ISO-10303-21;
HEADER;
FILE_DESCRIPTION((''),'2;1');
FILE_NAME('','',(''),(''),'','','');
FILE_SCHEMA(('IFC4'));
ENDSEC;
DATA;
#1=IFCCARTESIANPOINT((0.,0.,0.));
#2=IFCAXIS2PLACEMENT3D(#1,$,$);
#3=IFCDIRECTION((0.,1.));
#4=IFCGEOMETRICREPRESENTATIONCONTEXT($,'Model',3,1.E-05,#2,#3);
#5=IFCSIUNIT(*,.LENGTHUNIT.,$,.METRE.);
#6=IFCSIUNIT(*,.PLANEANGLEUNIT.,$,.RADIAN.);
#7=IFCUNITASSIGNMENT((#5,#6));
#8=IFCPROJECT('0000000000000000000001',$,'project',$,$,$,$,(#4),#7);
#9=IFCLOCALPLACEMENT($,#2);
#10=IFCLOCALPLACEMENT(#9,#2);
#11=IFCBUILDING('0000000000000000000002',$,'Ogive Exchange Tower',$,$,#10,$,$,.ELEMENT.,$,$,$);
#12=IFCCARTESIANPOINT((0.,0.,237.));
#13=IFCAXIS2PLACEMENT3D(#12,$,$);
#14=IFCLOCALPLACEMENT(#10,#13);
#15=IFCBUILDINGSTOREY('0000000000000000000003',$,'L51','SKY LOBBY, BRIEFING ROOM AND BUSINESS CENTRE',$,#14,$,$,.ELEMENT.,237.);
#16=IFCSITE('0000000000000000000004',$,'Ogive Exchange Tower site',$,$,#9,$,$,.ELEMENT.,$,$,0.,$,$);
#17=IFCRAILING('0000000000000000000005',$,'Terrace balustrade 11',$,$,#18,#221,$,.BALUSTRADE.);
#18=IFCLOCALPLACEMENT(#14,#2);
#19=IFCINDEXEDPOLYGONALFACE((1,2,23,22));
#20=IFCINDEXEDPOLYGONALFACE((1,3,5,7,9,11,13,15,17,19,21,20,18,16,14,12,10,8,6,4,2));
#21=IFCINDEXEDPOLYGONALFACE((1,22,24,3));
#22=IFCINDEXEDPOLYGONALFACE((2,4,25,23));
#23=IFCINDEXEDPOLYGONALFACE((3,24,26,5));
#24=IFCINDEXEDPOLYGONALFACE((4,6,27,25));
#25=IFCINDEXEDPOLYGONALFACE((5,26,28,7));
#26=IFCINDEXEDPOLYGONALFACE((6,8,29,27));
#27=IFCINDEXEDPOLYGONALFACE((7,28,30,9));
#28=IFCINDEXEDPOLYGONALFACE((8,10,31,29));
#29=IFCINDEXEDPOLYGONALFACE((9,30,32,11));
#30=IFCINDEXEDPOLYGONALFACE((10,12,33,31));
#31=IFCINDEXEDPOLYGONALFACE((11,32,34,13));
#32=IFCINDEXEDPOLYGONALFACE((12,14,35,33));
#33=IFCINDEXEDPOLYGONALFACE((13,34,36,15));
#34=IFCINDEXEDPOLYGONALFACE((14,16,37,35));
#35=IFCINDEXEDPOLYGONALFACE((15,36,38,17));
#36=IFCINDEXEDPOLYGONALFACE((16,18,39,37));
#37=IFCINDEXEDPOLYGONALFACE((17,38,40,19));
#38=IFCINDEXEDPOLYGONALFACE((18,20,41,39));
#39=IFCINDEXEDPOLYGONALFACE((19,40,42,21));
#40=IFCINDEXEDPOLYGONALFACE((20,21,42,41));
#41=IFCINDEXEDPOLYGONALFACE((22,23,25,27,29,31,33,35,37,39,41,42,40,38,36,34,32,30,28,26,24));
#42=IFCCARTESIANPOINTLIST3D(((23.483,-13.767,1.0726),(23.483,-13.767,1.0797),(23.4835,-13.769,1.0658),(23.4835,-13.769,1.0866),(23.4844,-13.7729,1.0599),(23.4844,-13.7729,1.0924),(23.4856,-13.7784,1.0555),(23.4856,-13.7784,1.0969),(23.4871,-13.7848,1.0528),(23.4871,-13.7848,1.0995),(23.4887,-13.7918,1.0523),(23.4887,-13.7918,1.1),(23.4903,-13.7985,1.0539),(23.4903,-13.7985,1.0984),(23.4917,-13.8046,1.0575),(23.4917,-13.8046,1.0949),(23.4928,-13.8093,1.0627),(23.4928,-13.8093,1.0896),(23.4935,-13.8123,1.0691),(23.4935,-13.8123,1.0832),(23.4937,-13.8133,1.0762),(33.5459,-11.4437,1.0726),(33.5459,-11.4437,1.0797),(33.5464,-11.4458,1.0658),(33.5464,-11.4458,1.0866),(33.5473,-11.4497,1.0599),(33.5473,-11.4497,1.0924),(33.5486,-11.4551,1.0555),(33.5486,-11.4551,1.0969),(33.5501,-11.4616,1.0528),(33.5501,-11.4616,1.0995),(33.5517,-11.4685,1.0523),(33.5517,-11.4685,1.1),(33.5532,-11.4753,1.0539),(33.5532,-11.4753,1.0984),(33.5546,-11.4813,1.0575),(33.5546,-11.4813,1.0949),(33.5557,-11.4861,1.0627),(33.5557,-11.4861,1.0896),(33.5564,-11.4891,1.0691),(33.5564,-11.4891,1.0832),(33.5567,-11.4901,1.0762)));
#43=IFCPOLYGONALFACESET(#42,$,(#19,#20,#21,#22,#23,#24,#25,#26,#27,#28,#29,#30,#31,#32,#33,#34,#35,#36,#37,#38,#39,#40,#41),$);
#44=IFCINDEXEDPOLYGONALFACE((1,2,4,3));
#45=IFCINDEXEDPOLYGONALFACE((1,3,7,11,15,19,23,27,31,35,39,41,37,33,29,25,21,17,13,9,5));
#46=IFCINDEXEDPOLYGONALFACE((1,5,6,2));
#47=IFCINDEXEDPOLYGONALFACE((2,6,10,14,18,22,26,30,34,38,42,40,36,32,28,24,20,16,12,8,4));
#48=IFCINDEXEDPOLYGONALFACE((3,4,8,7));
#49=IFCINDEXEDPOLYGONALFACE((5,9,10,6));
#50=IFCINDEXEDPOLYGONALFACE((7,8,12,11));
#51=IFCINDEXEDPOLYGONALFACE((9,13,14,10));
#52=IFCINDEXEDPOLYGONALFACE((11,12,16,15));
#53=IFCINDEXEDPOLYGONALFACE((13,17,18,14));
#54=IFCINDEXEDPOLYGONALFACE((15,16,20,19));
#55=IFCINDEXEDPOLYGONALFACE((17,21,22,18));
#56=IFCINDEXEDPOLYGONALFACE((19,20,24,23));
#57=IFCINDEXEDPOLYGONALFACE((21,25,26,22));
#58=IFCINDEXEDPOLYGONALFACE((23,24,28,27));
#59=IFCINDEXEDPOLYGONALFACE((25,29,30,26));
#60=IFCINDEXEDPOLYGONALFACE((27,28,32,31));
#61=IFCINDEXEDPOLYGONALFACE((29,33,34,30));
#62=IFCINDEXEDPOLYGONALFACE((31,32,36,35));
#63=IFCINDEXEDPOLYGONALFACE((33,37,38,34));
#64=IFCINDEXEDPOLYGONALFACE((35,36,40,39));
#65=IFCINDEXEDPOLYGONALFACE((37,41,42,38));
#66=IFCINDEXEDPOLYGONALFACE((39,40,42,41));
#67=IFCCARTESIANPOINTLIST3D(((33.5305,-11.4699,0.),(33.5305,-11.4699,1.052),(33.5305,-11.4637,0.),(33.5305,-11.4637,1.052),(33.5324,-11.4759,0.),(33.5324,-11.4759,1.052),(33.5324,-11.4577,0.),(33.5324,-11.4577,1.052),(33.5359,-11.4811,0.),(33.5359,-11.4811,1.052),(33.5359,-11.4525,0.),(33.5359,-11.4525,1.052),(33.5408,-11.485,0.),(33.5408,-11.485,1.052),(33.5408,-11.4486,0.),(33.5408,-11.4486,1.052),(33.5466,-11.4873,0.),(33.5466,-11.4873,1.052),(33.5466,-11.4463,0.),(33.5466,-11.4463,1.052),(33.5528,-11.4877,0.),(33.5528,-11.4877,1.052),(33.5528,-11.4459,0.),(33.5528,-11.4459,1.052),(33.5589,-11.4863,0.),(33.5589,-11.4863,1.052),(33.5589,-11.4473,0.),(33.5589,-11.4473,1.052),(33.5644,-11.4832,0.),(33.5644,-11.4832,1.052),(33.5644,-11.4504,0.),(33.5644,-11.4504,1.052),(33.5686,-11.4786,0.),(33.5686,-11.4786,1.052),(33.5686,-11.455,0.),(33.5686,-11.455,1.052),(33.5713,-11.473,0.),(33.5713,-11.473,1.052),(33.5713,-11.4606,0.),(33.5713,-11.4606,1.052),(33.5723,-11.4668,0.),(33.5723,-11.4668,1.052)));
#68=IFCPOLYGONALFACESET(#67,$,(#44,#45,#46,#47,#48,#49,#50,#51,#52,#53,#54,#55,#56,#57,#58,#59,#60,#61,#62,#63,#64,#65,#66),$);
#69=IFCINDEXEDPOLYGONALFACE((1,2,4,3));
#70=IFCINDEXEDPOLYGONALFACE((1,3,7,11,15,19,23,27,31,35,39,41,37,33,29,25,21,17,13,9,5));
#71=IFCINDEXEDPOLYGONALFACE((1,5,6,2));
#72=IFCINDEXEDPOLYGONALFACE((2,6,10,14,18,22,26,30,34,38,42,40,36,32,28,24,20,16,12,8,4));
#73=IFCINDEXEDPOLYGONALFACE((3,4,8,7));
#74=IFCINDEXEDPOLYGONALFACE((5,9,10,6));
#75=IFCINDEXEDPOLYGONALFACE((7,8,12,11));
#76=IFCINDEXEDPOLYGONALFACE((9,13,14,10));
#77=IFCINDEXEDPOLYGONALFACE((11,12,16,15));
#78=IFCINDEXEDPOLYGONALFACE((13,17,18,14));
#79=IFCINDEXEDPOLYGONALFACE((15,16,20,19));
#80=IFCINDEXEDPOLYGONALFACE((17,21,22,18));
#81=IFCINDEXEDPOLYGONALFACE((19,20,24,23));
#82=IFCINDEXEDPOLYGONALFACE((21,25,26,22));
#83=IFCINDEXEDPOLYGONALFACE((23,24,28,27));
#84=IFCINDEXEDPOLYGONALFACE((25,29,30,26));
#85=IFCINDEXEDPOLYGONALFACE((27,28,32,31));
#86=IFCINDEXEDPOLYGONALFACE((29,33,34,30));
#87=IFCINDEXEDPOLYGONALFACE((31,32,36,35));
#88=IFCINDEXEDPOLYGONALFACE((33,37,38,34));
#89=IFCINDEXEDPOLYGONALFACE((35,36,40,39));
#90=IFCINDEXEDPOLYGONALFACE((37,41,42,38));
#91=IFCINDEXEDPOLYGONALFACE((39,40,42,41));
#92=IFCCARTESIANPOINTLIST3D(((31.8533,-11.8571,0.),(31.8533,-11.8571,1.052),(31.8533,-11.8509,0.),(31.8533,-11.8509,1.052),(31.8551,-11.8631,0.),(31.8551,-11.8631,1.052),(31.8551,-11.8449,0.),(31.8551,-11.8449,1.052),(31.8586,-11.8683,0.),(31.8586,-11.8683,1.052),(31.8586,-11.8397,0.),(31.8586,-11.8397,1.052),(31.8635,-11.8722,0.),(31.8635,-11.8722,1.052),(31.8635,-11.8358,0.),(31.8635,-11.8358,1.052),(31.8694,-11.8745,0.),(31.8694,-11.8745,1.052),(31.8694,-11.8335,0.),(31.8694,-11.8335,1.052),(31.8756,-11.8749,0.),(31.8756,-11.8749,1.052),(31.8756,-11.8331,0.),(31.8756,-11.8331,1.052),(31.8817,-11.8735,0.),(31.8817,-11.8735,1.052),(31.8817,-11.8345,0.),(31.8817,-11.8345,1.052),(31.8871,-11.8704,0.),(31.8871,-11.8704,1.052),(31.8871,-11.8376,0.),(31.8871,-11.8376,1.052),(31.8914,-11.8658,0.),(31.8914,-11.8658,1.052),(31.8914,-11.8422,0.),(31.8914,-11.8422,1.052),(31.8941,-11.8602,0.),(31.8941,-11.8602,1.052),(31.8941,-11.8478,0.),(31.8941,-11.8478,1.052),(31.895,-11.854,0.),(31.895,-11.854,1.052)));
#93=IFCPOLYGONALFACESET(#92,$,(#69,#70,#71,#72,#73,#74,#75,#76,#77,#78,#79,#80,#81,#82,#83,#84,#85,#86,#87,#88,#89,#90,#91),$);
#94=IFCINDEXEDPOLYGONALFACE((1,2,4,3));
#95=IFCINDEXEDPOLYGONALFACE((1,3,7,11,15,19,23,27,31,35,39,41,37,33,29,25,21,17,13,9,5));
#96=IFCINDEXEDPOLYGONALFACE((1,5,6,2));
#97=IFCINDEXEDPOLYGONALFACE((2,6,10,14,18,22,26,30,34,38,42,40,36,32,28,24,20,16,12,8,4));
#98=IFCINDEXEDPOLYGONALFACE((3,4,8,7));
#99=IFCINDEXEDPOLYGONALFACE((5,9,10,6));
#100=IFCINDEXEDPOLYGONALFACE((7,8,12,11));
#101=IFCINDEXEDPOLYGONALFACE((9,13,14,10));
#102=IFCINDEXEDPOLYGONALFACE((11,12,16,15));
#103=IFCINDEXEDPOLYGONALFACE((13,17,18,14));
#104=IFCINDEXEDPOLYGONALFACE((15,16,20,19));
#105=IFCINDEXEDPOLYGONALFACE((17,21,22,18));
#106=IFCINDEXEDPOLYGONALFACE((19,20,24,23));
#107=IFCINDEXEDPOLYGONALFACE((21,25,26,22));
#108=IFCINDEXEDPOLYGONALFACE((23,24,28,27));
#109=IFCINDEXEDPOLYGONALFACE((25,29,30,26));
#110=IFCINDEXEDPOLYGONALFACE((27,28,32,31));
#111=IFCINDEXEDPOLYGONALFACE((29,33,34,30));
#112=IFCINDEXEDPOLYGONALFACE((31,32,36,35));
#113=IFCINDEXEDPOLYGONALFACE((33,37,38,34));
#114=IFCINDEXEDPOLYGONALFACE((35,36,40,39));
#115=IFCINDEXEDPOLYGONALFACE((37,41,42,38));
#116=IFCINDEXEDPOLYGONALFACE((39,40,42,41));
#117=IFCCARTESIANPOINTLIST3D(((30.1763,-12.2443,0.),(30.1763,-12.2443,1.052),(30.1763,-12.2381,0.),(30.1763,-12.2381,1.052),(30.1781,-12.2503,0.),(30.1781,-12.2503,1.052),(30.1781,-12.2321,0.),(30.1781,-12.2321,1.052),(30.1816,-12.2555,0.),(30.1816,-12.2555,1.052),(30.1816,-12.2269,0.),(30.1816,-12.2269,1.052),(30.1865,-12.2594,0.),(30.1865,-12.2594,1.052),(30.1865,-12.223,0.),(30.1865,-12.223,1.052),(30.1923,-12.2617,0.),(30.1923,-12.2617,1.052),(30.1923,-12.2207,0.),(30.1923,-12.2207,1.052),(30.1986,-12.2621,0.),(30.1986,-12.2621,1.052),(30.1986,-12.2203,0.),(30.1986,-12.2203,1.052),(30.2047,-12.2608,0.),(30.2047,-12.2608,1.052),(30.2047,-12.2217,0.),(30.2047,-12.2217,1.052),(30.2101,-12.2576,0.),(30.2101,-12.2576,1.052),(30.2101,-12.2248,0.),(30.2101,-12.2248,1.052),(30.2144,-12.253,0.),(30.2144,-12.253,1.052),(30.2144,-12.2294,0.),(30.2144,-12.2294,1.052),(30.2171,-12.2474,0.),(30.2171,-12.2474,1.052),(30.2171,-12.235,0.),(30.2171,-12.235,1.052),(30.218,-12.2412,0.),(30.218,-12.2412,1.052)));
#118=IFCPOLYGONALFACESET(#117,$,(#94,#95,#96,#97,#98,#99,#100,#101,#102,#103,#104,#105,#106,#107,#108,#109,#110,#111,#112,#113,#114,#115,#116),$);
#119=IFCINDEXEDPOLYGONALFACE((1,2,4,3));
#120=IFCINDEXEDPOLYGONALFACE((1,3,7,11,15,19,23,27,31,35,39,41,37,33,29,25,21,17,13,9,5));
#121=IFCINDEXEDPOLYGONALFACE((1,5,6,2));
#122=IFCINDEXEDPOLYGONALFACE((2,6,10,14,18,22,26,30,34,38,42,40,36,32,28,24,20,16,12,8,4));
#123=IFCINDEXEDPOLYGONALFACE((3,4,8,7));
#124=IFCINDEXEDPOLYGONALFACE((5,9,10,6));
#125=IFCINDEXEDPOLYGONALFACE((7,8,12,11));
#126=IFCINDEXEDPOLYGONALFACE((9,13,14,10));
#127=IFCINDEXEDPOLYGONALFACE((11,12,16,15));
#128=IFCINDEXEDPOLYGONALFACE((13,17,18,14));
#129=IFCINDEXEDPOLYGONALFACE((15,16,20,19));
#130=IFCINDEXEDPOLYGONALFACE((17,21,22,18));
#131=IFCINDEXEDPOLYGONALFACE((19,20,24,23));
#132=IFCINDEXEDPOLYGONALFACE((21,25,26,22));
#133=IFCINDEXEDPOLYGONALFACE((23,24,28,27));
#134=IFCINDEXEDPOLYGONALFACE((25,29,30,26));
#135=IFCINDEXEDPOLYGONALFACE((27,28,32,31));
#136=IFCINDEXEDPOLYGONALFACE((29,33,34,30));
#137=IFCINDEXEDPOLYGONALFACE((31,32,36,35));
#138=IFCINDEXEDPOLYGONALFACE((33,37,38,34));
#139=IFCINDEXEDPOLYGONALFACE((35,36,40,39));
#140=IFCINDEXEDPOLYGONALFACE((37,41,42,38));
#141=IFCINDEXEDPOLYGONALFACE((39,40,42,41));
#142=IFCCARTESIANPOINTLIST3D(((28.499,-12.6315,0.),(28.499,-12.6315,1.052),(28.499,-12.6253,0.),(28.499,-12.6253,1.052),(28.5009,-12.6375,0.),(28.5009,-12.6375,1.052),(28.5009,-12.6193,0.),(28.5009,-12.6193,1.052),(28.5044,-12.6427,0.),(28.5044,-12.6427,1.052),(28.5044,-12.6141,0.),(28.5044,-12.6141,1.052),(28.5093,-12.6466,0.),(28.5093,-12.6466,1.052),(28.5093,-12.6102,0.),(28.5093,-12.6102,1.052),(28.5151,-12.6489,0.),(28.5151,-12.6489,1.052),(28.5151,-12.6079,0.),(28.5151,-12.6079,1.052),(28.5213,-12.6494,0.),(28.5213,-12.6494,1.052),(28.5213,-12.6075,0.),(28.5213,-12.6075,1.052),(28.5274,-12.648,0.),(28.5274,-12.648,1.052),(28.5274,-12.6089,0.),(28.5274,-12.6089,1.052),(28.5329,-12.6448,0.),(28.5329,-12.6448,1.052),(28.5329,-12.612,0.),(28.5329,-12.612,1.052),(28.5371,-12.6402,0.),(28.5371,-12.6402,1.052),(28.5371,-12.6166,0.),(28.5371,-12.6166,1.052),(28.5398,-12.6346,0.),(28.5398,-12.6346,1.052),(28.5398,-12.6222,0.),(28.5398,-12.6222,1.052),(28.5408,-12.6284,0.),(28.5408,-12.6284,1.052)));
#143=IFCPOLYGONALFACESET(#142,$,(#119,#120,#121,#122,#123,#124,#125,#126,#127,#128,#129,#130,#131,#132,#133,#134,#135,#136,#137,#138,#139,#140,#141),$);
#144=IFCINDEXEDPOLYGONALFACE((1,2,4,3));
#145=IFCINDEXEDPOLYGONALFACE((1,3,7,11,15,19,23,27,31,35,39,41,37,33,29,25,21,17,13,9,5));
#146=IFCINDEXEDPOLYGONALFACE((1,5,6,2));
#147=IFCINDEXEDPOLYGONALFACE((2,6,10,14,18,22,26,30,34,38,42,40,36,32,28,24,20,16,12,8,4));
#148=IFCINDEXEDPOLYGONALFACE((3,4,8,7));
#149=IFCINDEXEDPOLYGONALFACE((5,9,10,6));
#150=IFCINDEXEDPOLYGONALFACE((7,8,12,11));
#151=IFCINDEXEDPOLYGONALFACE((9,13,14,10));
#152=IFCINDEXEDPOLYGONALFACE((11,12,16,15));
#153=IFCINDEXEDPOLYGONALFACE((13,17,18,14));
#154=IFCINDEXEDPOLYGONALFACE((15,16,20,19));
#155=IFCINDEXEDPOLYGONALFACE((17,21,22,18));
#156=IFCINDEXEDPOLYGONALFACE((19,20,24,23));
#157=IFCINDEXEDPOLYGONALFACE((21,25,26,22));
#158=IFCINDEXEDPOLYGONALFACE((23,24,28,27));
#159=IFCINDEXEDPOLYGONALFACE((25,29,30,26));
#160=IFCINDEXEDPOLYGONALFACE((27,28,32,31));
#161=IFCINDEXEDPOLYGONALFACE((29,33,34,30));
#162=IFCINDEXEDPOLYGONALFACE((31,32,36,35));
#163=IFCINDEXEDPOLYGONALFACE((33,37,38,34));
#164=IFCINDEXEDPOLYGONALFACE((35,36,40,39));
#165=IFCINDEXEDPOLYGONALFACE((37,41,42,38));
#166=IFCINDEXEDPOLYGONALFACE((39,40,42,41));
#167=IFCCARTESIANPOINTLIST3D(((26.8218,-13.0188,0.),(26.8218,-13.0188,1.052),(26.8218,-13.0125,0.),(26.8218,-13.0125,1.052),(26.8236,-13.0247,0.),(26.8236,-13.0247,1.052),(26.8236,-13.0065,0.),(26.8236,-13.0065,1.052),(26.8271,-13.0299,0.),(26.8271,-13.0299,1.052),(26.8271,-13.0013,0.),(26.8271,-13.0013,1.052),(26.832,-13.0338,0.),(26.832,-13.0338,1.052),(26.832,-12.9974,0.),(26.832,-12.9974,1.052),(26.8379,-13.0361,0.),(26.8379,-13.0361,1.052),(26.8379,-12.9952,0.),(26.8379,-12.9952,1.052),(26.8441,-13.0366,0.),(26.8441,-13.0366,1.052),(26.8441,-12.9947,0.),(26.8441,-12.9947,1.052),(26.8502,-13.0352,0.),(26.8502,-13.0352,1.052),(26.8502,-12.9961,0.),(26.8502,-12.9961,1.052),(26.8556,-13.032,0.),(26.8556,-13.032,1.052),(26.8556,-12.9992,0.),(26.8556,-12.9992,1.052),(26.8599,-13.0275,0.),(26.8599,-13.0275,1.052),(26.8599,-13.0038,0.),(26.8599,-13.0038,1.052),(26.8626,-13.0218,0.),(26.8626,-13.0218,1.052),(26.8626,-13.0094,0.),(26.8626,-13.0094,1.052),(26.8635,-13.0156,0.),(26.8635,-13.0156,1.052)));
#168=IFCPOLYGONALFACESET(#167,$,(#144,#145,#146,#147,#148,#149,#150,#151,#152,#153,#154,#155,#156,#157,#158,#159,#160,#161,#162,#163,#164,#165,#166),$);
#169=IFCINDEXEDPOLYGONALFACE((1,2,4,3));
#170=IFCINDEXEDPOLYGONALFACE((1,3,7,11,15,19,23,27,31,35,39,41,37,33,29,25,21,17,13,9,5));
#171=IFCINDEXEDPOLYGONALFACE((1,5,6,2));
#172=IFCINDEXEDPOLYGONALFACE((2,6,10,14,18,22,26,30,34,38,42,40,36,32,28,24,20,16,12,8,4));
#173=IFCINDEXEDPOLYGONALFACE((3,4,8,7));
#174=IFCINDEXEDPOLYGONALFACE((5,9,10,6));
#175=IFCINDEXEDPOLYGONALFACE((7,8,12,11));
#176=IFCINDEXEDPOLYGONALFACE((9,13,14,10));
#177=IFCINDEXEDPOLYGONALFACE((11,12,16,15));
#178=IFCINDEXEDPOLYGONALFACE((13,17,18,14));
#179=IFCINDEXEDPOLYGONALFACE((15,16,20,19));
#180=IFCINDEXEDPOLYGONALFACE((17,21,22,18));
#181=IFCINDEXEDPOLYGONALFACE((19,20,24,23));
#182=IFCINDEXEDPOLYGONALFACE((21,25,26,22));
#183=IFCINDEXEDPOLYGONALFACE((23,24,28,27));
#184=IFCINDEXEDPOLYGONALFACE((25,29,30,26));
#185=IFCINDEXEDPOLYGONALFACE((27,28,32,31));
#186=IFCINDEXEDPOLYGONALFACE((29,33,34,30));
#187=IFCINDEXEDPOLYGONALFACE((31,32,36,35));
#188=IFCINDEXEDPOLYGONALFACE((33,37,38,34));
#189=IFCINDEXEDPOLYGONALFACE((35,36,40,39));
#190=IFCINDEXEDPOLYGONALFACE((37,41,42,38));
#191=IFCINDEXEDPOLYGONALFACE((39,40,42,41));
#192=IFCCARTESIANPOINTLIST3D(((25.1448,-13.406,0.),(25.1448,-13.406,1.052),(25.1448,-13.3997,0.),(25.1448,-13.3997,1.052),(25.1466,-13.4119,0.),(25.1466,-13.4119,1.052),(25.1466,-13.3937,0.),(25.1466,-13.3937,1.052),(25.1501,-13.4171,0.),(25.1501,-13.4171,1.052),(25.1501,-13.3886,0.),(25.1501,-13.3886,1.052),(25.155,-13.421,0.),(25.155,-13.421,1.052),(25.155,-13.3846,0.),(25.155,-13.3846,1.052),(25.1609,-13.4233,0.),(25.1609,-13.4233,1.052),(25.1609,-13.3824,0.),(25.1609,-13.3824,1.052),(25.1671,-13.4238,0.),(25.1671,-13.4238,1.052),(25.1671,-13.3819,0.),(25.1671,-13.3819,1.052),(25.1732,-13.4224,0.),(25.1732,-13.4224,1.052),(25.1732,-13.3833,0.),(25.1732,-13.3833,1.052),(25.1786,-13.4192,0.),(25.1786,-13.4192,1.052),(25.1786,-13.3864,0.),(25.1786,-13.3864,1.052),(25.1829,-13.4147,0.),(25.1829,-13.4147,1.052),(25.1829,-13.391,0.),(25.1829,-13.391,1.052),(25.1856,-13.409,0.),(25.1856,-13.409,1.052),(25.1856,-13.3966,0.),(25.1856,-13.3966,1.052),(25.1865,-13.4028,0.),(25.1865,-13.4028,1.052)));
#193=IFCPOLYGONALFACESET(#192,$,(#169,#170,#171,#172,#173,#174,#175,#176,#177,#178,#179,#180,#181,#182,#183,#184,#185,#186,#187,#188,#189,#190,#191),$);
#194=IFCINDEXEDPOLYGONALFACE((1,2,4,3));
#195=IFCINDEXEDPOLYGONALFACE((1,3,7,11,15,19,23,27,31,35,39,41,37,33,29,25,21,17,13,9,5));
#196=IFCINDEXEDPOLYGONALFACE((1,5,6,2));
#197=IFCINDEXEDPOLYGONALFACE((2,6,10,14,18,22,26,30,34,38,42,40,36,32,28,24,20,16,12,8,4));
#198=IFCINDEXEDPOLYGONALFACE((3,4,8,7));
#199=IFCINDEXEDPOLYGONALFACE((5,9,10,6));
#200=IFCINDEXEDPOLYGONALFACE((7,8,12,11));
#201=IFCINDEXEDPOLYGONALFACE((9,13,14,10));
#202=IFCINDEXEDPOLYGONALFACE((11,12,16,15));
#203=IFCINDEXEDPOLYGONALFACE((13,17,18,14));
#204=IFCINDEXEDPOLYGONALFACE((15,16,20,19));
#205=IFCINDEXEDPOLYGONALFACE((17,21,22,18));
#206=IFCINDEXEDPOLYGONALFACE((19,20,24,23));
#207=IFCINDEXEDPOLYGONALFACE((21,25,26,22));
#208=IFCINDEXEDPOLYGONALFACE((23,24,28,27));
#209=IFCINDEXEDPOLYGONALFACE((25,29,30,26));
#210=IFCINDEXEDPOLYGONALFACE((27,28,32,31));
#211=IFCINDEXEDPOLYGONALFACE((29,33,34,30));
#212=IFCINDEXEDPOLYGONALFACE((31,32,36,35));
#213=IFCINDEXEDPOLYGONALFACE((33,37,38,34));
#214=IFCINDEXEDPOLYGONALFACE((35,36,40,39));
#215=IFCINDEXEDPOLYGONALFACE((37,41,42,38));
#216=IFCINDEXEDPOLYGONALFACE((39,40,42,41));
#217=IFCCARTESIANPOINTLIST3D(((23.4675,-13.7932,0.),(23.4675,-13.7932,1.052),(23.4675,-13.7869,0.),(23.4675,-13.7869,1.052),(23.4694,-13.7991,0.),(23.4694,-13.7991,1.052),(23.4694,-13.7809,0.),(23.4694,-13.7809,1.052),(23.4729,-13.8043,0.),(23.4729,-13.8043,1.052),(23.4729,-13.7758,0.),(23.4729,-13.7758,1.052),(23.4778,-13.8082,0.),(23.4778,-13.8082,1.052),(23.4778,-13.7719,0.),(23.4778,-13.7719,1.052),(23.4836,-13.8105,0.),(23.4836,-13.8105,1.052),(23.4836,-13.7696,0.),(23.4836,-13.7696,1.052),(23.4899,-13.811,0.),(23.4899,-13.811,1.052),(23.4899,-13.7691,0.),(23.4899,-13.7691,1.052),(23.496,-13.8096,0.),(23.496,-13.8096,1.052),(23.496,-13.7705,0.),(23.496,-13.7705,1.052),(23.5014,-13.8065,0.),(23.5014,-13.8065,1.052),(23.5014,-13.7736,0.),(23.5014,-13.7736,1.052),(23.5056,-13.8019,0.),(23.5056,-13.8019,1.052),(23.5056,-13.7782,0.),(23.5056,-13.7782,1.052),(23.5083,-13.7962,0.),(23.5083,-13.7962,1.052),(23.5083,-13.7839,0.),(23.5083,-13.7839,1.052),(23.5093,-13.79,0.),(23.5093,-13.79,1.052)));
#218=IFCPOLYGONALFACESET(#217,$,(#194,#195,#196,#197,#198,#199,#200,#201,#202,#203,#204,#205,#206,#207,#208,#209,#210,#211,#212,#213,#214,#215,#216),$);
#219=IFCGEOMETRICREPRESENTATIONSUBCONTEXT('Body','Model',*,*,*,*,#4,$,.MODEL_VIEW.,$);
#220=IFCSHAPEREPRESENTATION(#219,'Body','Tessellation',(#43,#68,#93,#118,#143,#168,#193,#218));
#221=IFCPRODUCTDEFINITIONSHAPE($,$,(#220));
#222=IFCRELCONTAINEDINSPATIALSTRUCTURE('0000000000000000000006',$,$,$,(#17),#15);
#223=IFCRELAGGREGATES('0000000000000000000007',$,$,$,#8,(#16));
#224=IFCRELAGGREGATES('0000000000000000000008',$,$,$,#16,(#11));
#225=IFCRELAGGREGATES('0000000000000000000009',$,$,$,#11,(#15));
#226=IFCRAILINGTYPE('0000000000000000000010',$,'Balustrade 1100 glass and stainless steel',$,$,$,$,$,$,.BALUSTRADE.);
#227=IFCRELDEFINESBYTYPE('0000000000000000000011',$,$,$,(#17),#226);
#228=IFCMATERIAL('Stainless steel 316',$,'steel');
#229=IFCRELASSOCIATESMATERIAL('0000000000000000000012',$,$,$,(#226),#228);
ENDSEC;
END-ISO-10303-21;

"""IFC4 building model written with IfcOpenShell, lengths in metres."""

from ifc_helpers import new_model, si_unit, direction, frame, origin, origin_2d, place, context, subcontext, project, spatial, circle, extrude, material, type_object, element, save


model = new_model("IFC4")

# Units and contexts
model_context = context("Model", 3, precision=1e-05, world=origin(), true_north=direction((0.0, 1.0)))
body_context = subcontext(model_context, "Body", "Model", "MODEL_VIEW")
ifc_project = project(units=[si_unit("LENGTHUNIT", "METRE"), si_unit("PLANEANGLEUNIT", "RADIAN")], contexts=[model_context])

# Site, building, storey
site_placement = place(None, origin())
site = spatial("IfcSite", under=ifc_project, at=site_placement, Name="Ogive Exchange Tower site", CompositionType="ELEMENT", RefElevation=0.0)
building_placement = place(site_placement, origin())
building = spatial("IfcBuilding", under=site, at=building_placement, Name="Ogive Exchange Tower", CompositionType="ELEMENT")
storey_placement = place(building_placement, frame((0.0, 0.0, 237.0)))
storey = spatial("IfcBuildingStorey", under=building, at=storey_placement, Name="L51", Description="SKY LOBBY, BRIEFING ROOM AND BUSINESS CENTRE", CompositionType="ELEMENT", Elevation=237.0)

# Railing
ifc_material_1 = material(Name="Stainless steel 316", Category="steel")
railing_type = type_object("IfcRailingType", Name="Balustrade 1100 glass and stainless steel", PredefinedType="BALUSTRADE", material=ifc_material_1)
railing_1_placement = place(storey_placement, frame((33.5513, -11.4668, 0.0)))
element("IfcRailing", 1, at=railing_1_placement, inside=storey, type_object=railing_type, Name="Terrace balustrade 11", PredefinedType="BALUSTRADE", context=body_context, shape_type="SweptSolid", body=[
    extrude(circle(Radius=0.0239, at=origin_2d()), frame((0.0, 0.0, 1.0762), z_axis=(-0.97437, -0.224953, 0.0), x_axis=(0.224953, -0.97437, 0.0)), (0.0, 0.0, 1.0), 10.3276),
    extrude(circle(Radius=0.021, at=origin_2d()), origin(), (0.0, 0.0, 1.0), 1.052),
    extrude(circle(Radius=0.021, at=origin_2d()), frame((-1.6772, -0.3872, 0.0)), (0.0, 0.0, 1.0), 1.052),
    extrude(circle(Radius=0.021, at=origin_2d()), frame((-3.3542, -0.7744, 0.0)), (0.0, 0.0, 1.0), 1.052),
    extrude(circle(Radius=0.021, at=origin_2d()), frame((-5.0315, -1.1616, 0.0)), (0.0, 0.0, 1.0), 1.052),
    extrude(circle(Radius=0.021, at=origin_2d()), frame((-6.7087, -1.5488, 0.0)), (0.0, 0.0, 1.0), 1.052),
    extrude(circle(Radius=0.021, at=origin_2d()), frame((-8.3857, -1.936, 0.0)), (0.0, 0.0, 1.0), 1.052),
    extrude(circle(Radius=0.021, at=origin_2d()), frame((-10.063, -2.3232, 0.0)), (0.0, 0.0, 1.0), 1.052),
])

save(model, "model.ifc")
